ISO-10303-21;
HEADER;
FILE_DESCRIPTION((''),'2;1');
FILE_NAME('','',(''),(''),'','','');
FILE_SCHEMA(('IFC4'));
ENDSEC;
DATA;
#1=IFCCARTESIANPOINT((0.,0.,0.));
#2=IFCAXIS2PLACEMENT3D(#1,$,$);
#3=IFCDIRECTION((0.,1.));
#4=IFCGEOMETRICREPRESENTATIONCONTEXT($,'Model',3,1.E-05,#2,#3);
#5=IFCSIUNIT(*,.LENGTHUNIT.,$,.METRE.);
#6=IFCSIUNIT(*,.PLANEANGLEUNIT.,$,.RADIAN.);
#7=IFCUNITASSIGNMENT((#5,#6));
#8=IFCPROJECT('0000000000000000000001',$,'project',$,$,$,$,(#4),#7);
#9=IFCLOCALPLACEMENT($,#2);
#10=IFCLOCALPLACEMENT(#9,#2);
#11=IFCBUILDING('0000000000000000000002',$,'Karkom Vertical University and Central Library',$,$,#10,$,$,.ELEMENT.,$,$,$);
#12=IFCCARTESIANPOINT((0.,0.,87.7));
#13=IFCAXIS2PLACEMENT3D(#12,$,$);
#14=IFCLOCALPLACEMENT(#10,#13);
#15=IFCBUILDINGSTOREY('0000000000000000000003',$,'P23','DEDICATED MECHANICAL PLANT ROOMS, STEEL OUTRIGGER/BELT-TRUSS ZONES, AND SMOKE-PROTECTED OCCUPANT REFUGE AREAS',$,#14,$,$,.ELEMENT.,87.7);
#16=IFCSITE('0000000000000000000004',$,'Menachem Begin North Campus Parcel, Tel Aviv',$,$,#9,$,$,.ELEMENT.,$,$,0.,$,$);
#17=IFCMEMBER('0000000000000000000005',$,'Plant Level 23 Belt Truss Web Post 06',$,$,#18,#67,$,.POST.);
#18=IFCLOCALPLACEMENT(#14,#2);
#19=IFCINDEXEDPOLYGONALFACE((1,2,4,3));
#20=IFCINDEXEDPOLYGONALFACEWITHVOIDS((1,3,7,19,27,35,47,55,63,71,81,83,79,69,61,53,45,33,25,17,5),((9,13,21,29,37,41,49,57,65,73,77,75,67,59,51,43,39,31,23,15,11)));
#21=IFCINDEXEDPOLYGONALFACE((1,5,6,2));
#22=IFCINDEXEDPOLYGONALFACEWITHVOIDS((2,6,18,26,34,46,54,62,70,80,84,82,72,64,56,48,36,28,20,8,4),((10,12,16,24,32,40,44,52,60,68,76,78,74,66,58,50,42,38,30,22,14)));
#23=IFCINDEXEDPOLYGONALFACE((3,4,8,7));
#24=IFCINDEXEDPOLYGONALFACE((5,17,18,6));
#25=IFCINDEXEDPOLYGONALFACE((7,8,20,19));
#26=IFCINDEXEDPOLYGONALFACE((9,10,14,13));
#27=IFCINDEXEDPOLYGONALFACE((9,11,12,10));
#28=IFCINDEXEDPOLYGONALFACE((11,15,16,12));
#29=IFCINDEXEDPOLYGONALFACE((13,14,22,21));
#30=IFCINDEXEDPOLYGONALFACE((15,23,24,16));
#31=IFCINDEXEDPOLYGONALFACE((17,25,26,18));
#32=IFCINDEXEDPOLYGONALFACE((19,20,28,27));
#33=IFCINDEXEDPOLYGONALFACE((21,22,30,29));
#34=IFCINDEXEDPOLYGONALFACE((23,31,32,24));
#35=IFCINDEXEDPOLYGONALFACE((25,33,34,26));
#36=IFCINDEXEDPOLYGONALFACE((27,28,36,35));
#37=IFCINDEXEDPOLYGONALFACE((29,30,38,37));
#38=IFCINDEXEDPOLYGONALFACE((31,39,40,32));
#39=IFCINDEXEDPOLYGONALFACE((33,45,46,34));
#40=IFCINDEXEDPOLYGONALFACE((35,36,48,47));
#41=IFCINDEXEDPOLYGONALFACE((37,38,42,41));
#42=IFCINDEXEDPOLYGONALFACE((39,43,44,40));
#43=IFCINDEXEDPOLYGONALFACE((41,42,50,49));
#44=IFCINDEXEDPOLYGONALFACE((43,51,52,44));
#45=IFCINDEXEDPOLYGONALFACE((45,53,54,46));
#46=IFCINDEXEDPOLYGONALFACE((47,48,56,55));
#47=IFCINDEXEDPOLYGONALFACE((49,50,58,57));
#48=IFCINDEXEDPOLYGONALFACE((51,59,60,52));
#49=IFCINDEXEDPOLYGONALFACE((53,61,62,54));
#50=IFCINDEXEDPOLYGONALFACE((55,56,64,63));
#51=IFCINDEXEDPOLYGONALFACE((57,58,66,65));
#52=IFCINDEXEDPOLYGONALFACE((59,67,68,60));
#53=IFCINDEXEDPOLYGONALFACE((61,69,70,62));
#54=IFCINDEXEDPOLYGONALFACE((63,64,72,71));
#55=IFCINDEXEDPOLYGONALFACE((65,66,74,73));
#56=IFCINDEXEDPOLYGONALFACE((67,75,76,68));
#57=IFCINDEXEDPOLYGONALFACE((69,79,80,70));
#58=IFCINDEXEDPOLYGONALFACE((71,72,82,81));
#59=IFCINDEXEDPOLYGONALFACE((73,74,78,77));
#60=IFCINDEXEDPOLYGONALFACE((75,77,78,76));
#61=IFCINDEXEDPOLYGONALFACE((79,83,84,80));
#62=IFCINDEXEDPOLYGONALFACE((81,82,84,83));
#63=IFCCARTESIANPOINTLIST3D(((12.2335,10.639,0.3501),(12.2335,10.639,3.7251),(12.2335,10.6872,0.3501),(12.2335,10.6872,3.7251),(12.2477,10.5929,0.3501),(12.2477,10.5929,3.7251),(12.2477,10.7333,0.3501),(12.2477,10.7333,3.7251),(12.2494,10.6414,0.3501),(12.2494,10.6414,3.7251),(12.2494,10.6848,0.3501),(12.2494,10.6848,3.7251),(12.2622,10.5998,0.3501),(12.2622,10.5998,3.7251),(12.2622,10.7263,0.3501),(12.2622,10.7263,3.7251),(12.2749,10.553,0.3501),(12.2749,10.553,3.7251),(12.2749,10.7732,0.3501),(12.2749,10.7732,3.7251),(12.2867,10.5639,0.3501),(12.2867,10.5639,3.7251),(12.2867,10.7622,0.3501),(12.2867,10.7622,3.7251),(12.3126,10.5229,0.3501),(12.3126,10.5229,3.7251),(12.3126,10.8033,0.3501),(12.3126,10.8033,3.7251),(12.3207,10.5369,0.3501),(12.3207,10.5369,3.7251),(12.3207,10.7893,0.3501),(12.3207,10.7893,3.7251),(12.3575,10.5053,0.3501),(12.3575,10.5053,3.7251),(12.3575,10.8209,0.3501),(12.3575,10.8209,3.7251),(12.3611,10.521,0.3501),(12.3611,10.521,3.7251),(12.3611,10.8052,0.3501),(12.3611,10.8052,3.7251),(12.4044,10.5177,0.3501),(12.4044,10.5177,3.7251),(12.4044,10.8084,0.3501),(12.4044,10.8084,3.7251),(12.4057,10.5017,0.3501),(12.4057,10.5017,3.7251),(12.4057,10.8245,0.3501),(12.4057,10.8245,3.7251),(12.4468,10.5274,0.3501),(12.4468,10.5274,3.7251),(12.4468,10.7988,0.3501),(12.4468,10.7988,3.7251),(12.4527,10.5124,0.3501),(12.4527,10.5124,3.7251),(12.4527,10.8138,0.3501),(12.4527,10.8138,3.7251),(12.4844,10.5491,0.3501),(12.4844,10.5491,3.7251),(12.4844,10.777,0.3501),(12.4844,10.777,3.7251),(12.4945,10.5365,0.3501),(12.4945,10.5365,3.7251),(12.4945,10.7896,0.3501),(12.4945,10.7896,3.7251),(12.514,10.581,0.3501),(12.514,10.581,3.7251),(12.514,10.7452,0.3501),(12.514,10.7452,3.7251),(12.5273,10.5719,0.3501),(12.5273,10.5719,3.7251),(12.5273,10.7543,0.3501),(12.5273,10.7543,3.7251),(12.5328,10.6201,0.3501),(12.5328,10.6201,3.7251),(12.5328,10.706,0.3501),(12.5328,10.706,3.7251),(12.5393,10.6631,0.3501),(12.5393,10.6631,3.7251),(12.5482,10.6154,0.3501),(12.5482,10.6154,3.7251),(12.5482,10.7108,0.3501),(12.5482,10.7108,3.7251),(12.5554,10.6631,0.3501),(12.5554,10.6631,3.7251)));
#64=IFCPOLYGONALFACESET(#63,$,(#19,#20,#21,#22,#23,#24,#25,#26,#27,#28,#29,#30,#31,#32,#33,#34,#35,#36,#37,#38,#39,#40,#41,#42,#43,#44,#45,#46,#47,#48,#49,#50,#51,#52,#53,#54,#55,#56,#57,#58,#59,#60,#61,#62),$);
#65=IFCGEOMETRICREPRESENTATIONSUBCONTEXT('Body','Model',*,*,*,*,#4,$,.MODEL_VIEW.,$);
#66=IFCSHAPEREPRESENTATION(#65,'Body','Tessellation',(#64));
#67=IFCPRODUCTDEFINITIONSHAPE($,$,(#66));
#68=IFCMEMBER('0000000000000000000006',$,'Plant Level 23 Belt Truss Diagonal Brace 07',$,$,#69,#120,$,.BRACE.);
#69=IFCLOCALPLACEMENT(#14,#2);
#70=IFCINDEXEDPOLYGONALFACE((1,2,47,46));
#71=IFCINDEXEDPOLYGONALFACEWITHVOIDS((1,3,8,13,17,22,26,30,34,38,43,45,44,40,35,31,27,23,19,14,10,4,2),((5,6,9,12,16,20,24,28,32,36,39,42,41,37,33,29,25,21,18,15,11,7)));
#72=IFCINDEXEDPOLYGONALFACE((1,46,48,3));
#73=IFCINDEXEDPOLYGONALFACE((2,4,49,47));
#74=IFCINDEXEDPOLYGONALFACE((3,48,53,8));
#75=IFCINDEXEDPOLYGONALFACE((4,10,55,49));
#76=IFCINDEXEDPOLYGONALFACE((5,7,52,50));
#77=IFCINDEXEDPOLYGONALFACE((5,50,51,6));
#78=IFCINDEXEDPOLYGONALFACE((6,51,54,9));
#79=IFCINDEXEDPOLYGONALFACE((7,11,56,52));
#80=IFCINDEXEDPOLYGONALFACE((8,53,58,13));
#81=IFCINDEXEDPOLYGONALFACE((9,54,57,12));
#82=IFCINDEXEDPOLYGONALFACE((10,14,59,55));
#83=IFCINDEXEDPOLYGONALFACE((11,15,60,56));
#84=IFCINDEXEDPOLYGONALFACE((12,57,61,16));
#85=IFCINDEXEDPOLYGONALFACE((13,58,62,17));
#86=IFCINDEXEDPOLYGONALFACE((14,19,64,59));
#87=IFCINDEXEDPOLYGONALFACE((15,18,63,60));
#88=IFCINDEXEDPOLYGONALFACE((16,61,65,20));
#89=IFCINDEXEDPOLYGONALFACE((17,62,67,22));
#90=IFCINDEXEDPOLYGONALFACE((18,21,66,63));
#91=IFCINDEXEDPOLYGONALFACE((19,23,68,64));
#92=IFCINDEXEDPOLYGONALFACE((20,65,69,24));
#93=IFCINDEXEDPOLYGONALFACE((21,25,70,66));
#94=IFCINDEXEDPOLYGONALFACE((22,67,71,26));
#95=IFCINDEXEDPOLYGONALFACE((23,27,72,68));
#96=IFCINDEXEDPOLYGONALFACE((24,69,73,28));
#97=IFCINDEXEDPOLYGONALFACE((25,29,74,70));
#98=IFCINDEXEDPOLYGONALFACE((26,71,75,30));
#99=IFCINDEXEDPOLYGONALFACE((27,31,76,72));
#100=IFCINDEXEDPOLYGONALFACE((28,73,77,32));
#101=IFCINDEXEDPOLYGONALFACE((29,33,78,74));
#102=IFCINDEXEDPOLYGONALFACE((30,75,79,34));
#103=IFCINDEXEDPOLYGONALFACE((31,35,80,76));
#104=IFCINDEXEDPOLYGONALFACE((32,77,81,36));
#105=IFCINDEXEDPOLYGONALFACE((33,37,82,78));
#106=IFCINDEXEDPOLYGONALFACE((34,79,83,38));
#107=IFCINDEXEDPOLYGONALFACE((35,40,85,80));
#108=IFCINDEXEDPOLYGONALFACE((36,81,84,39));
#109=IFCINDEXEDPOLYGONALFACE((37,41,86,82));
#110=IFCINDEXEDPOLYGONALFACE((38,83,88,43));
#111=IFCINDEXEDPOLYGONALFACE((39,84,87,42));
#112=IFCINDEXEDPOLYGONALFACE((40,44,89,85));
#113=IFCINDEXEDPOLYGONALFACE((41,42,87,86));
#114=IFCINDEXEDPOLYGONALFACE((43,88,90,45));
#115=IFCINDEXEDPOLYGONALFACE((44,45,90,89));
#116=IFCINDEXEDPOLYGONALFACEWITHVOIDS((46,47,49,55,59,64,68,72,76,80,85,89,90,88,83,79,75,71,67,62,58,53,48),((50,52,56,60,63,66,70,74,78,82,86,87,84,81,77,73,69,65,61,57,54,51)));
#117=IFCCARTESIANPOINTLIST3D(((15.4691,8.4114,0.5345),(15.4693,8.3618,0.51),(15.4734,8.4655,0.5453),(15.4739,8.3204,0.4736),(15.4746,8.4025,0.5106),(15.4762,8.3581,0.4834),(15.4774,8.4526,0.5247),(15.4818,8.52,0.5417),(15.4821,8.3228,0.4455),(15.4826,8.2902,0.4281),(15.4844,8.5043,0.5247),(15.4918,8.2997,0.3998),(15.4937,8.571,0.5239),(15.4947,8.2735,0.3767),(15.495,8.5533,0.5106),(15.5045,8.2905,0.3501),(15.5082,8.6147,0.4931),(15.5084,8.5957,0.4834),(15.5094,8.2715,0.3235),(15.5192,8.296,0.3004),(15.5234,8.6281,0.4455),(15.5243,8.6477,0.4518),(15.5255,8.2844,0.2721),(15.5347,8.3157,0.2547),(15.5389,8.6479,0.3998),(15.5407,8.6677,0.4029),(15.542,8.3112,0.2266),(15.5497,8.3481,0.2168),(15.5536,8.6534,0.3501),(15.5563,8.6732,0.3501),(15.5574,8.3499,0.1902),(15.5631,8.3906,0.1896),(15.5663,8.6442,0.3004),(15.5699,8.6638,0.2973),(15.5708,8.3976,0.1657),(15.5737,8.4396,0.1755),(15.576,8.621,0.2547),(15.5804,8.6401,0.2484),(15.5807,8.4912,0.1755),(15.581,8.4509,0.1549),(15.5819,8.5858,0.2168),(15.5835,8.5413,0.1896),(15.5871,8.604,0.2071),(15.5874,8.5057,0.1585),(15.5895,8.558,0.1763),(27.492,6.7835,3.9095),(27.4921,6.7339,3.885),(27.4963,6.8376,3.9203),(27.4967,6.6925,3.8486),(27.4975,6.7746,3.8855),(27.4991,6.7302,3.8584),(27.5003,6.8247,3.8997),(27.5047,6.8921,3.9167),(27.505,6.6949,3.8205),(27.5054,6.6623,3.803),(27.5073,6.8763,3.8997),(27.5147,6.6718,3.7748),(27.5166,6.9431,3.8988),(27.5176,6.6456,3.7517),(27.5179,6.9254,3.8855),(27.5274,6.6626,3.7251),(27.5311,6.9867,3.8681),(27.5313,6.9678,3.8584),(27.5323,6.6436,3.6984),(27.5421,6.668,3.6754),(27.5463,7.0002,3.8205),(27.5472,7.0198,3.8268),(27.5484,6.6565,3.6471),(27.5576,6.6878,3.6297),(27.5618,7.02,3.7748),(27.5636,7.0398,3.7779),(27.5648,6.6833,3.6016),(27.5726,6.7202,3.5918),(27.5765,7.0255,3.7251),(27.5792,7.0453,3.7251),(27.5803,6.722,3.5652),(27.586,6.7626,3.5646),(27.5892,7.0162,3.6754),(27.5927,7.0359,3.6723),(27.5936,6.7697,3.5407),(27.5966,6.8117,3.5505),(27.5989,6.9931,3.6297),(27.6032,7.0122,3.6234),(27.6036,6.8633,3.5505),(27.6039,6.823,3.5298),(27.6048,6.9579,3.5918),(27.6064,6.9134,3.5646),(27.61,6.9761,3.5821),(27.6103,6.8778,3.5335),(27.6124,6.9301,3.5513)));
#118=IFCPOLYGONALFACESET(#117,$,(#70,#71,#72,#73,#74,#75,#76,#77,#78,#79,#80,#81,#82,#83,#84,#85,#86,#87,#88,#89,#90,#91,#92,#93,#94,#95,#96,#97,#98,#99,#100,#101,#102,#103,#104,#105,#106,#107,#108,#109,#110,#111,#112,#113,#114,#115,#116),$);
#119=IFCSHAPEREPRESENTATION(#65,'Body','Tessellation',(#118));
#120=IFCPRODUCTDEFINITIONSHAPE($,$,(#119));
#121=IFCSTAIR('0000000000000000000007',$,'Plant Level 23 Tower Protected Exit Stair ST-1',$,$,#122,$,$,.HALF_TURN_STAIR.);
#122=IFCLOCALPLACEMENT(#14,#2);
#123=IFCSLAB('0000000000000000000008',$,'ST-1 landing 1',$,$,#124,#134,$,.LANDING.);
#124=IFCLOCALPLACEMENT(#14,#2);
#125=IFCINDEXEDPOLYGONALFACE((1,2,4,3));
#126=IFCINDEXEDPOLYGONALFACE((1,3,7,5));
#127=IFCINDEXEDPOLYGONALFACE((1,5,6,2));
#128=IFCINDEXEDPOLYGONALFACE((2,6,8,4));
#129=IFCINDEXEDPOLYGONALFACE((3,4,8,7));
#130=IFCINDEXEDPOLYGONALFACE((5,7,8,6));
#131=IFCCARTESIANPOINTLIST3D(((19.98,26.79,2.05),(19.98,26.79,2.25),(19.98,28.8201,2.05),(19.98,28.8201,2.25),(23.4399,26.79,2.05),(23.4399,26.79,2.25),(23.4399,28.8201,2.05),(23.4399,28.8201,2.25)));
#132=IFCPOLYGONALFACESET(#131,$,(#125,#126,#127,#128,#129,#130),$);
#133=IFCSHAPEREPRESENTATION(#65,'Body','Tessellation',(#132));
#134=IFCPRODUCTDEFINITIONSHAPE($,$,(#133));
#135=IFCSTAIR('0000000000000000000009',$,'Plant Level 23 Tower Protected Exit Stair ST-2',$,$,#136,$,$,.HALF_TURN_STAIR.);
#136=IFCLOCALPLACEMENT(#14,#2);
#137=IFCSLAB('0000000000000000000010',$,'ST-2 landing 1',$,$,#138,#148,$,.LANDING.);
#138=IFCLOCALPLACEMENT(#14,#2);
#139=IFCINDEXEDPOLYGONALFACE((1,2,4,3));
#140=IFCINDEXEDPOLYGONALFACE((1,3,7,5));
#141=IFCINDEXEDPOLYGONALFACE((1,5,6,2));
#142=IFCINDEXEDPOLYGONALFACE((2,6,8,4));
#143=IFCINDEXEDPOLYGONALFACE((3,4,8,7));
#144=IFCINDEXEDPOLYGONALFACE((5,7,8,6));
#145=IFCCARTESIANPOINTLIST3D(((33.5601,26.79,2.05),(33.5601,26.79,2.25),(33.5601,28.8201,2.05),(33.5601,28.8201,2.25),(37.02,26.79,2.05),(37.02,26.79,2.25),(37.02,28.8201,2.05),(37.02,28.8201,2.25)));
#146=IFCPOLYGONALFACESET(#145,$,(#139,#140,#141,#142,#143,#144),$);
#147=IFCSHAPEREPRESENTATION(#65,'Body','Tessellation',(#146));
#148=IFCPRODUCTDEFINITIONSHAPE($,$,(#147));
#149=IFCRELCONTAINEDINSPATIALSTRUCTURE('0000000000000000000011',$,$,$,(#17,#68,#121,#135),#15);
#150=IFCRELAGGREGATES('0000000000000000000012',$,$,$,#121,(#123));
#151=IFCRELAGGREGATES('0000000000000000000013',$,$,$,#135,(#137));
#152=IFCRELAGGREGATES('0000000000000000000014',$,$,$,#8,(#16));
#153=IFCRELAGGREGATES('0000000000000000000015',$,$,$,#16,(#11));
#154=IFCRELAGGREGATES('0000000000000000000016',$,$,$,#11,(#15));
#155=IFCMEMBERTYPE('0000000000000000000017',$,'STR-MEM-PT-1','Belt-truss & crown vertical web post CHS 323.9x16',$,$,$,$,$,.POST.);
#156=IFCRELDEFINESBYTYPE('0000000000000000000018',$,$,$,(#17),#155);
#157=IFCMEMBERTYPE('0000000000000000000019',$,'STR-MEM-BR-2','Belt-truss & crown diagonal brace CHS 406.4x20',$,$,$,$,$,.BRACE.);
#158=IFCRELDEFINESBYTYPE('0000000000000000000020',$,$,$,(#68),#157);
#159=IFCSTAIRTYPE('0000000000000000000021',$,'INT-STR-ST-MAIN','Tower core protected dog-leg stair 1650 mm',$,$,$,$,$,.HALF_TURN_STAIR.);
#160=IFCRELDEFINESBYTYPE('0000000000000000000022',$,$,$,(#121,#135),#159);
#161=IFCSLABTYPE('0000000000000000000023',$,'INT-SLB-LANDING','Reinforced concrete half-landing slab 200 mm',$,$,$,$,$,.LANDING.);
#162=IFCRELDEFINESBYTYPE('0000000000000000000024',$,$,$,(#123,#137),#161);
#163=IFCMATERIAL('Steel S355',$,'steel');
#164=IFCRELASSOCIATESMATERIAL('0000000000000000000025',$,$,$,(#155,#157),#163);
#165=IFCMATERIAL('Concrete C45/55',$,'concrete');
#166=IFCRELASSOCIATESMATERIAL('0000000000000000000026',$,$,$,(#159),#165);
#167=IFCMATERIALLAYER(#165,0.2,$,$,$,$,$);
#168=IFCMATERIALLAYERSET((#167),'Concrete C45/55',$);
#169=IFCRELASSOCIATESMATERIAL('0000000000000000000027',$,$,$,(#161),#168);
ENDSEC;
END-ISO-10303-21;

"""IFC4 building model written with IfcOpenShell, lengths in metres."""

from ifc_helpers import new_model, si_unit, direction, frame, origin, origin_with_axes, origin_2d, place, context, subcontext, project, spatial, polyline, hollow_circle, outline, extrude, source, transform, mapped, material, layer, layer_set, material_profile, profile_set, type_object, element, aggregate, save


model = new_model("IFC4")

# Units and contexts
model_context = context("Model", 3, precision=1e-05, world=origin(), true_north=direction((0.0, 1.0)))
body_context = subcontext(model_context, "Body", "Model", "MODEL_VIEW")
ifc_project = project(units=[si_unit("LENGTHUNIT", "METRE"), si_unit("PLANEANGLEUNIT", "RADIAN")], contexts=[model_context])

# Site, building, storey
site_placement = place(None, origin())
site = spatial("IfcSite", under=ifc_project, at=site_placement, Name="Menachem Begin North Campus Parcel, Tel Aviv", CompositionType="ELEMENT", RefElevation=0.0)
building_placement = place(site_placement, origin())
building = spatial("IfcBuilding", under=site, at=building_placement, Name="Karkom Vertical University and Central Library", CompositionType="ELEMENT")
storey_placement = place(building_placement, frame((0.0, 0.0, 87.7)))
storey = spatial("IfcBuildingStorey", under=building, at=storey_placement, Name="P23", Description="DEDICATED MECHANICAL PLANT ROOMS, STEEL OUTRIGGER/BELT-TRUSS ZONES, AND SMOKE-PROTECTED OCCUPANT REFUGE AREAS", CompositionType="ELEMENT", Elevation=87.7)

# Members
ifc_material_1 = material(Name="Steel S355", Category="steel")
ifc_material_profile_1 = material_profile(ifc_material_1, hollow_circle(Radius=0.1619, WallThickness=0.0161, at=origin_2d()), Name="CHS 323.9x16")
ifc_profile_set_1 = profile_set([ifc_material_profile_1], Name="Steel S355")
member_type_1 = type_object("IfcMemberType", Name="STR-MEM-PT-1", Description="Belt-truss & crown vertical web post CHS 323.9x16", PredefinedType="POST", material=ifc_profile_set_1)
shared_shape_1 = source(origin_with_axes(), body_context, "Body", "SweptSolid", [
    extrude(hollow_circle(Radius=0.1619, WallThickness=0.0161, at=origin_2d()), origin(), (0.0, 0.0, 1.0), 3.375),
])
member_1_placement = place(storey_placement, frame((12.3936, 10.6631, 0.3501), z_axis=(0.0, 0.0, 1.0), x_axis=(1.0, 0.0, 0.0)))
element("IfcMember", 1, at=member_1_placement, inside=storey, type_object=member_type_1, Name="Plant Level 23 Belt Truss Web Post 06", PredefinedType="POST", context=body_context, shape_type="MappedRepresentation", body=[
    mapped(shared_shape_1, transform((0.0, 0.0, 0.0), scale=1.0)),
])
ifc_material_profile_2 = material_profile(ifc_material_1, hollow_circle(Radius=0.2031, WallThickness=0.02, at=origin_2d()), Name="CHS 406.4x20")
ifc_profile_set_2 = profile_set([ifc_material_profile_2], Name="Steel S355")
member_type_2 = type_object("IfcMemberType", Name="STR-MEM-BR-2", Description="Belt-truss & crown diagonal brace CHS 406.4x20", PredefinedType="BRACE", material=ifc_profile_set_2)
shared_shape_2 = source(origin_with_axes(), body_context, "Body", "SweptSolid", [
    extrude(hollow_circle(Radius=0.2031, WallThickness=0.02, at=origin_2d()), origin(), (0.0, 0.0, 1.0), 12.5933),
])
member_2_placement = place(storey_placement, frame((15.5291, 8.4719, 0.3501), z_axis=(0.954707, -0.129269, 0.267999), x_axis=(0.134177, 0.990957, 0.0)))
element("IfcMember", 2, at=member_2_placement, inside=storey, type_object=member_type_2, Name="Plant Level 23 Belt Truss Diagonal Brace 07", PredefinedType="BRACE", context=body_context, shape_type="MappedRepresentation", body=[
    mapped(shared_shape_2, transform((0.0, 0.0, 0.0), scale=1.0)),
])

# Stairs, slabs
ifc_material_2 = material(Name="Concrete C45/55", Category="concrete")
stair_type = type_object("IfcStairType", Name="INT-STR-ST-MAIN", Description="Tower core protected dog-leg stair 1650 mm", PredefinedType="HALF_TURN_STAIR", material=ifc_material_2)
stair_1_placement = place(storey_placement, origin())
stair_1 = element("IfcStair", 3, at=stair_1_placement, inside=storey, type_object=stair_type, Name="Plant Level 23 Tower Protected Exit Stair ST-1", PredefinedType="HALF_TURN_STAIR")
ifc_layer_1 = layer(ifc_material_2, 0.2)
ifc_layer_set_1 = layer_set([ifc_layer_1], Name="Concrete C45/55")
slab_type_1 = type_object("IfcSlabType", Name="INT-SLB-LANDING", Description="Reinforced concrete half-landing slab 200 mm", PredefinedType="LANDING", material=ifc_layer_set_1)
slab_1_placement = place(storey_placement, frame((0.0, 0.0, 2.05)))
slab_1 = element("IfcSlab", 4, at=slab_1_placement, type_object=slab_type_1, Name="ST-1 landing 1", PredefinedType="LANDING", context=body_context, shape_type="SweptSolid", body=[
    extrude(outline(polyline([(23.4399, 26.79), (23.4399, 28.8201), (19.98, 28.8201), (19.98, 26.79), (23.4399, 26.79)])), origin(), (0.0, 0.0, 1.0), 0.2),
])
aggregate(stair_1, [slab_1])
stair_2_placement = place(storey_placement, origin())
stair_2 = element("IfcStair", 5, at=stair_2_placement, inside=storey, type_object=stair_type, Name="Plant Level 23 Tower Protected Exit Stair ST-2", PredefinedType="HALF_TURN_STAIR")
slab_2_placement = place(storey_placement, frame((0.0, 0.0, 2.05)))
slab_2 = element("IfcSlab", 6, at=slab_2_placement, type_object=slab_type_1, Name="ST-2 landing 1", PredefinedType="LANDING", context=body_context, shape_type="SweptSolid", body=[
    extrude(outline(polyline([(37.02, 26.79), (37.02, 28.8201), (33.5601, 28.8201), (33.5601, 26.79), (37.02, 26.79)])), origin(), (0.0, 0.0, 1.0), 0.2),
])
aggregate(stair_2, [slab_2])

save(model, "model.ifc")
